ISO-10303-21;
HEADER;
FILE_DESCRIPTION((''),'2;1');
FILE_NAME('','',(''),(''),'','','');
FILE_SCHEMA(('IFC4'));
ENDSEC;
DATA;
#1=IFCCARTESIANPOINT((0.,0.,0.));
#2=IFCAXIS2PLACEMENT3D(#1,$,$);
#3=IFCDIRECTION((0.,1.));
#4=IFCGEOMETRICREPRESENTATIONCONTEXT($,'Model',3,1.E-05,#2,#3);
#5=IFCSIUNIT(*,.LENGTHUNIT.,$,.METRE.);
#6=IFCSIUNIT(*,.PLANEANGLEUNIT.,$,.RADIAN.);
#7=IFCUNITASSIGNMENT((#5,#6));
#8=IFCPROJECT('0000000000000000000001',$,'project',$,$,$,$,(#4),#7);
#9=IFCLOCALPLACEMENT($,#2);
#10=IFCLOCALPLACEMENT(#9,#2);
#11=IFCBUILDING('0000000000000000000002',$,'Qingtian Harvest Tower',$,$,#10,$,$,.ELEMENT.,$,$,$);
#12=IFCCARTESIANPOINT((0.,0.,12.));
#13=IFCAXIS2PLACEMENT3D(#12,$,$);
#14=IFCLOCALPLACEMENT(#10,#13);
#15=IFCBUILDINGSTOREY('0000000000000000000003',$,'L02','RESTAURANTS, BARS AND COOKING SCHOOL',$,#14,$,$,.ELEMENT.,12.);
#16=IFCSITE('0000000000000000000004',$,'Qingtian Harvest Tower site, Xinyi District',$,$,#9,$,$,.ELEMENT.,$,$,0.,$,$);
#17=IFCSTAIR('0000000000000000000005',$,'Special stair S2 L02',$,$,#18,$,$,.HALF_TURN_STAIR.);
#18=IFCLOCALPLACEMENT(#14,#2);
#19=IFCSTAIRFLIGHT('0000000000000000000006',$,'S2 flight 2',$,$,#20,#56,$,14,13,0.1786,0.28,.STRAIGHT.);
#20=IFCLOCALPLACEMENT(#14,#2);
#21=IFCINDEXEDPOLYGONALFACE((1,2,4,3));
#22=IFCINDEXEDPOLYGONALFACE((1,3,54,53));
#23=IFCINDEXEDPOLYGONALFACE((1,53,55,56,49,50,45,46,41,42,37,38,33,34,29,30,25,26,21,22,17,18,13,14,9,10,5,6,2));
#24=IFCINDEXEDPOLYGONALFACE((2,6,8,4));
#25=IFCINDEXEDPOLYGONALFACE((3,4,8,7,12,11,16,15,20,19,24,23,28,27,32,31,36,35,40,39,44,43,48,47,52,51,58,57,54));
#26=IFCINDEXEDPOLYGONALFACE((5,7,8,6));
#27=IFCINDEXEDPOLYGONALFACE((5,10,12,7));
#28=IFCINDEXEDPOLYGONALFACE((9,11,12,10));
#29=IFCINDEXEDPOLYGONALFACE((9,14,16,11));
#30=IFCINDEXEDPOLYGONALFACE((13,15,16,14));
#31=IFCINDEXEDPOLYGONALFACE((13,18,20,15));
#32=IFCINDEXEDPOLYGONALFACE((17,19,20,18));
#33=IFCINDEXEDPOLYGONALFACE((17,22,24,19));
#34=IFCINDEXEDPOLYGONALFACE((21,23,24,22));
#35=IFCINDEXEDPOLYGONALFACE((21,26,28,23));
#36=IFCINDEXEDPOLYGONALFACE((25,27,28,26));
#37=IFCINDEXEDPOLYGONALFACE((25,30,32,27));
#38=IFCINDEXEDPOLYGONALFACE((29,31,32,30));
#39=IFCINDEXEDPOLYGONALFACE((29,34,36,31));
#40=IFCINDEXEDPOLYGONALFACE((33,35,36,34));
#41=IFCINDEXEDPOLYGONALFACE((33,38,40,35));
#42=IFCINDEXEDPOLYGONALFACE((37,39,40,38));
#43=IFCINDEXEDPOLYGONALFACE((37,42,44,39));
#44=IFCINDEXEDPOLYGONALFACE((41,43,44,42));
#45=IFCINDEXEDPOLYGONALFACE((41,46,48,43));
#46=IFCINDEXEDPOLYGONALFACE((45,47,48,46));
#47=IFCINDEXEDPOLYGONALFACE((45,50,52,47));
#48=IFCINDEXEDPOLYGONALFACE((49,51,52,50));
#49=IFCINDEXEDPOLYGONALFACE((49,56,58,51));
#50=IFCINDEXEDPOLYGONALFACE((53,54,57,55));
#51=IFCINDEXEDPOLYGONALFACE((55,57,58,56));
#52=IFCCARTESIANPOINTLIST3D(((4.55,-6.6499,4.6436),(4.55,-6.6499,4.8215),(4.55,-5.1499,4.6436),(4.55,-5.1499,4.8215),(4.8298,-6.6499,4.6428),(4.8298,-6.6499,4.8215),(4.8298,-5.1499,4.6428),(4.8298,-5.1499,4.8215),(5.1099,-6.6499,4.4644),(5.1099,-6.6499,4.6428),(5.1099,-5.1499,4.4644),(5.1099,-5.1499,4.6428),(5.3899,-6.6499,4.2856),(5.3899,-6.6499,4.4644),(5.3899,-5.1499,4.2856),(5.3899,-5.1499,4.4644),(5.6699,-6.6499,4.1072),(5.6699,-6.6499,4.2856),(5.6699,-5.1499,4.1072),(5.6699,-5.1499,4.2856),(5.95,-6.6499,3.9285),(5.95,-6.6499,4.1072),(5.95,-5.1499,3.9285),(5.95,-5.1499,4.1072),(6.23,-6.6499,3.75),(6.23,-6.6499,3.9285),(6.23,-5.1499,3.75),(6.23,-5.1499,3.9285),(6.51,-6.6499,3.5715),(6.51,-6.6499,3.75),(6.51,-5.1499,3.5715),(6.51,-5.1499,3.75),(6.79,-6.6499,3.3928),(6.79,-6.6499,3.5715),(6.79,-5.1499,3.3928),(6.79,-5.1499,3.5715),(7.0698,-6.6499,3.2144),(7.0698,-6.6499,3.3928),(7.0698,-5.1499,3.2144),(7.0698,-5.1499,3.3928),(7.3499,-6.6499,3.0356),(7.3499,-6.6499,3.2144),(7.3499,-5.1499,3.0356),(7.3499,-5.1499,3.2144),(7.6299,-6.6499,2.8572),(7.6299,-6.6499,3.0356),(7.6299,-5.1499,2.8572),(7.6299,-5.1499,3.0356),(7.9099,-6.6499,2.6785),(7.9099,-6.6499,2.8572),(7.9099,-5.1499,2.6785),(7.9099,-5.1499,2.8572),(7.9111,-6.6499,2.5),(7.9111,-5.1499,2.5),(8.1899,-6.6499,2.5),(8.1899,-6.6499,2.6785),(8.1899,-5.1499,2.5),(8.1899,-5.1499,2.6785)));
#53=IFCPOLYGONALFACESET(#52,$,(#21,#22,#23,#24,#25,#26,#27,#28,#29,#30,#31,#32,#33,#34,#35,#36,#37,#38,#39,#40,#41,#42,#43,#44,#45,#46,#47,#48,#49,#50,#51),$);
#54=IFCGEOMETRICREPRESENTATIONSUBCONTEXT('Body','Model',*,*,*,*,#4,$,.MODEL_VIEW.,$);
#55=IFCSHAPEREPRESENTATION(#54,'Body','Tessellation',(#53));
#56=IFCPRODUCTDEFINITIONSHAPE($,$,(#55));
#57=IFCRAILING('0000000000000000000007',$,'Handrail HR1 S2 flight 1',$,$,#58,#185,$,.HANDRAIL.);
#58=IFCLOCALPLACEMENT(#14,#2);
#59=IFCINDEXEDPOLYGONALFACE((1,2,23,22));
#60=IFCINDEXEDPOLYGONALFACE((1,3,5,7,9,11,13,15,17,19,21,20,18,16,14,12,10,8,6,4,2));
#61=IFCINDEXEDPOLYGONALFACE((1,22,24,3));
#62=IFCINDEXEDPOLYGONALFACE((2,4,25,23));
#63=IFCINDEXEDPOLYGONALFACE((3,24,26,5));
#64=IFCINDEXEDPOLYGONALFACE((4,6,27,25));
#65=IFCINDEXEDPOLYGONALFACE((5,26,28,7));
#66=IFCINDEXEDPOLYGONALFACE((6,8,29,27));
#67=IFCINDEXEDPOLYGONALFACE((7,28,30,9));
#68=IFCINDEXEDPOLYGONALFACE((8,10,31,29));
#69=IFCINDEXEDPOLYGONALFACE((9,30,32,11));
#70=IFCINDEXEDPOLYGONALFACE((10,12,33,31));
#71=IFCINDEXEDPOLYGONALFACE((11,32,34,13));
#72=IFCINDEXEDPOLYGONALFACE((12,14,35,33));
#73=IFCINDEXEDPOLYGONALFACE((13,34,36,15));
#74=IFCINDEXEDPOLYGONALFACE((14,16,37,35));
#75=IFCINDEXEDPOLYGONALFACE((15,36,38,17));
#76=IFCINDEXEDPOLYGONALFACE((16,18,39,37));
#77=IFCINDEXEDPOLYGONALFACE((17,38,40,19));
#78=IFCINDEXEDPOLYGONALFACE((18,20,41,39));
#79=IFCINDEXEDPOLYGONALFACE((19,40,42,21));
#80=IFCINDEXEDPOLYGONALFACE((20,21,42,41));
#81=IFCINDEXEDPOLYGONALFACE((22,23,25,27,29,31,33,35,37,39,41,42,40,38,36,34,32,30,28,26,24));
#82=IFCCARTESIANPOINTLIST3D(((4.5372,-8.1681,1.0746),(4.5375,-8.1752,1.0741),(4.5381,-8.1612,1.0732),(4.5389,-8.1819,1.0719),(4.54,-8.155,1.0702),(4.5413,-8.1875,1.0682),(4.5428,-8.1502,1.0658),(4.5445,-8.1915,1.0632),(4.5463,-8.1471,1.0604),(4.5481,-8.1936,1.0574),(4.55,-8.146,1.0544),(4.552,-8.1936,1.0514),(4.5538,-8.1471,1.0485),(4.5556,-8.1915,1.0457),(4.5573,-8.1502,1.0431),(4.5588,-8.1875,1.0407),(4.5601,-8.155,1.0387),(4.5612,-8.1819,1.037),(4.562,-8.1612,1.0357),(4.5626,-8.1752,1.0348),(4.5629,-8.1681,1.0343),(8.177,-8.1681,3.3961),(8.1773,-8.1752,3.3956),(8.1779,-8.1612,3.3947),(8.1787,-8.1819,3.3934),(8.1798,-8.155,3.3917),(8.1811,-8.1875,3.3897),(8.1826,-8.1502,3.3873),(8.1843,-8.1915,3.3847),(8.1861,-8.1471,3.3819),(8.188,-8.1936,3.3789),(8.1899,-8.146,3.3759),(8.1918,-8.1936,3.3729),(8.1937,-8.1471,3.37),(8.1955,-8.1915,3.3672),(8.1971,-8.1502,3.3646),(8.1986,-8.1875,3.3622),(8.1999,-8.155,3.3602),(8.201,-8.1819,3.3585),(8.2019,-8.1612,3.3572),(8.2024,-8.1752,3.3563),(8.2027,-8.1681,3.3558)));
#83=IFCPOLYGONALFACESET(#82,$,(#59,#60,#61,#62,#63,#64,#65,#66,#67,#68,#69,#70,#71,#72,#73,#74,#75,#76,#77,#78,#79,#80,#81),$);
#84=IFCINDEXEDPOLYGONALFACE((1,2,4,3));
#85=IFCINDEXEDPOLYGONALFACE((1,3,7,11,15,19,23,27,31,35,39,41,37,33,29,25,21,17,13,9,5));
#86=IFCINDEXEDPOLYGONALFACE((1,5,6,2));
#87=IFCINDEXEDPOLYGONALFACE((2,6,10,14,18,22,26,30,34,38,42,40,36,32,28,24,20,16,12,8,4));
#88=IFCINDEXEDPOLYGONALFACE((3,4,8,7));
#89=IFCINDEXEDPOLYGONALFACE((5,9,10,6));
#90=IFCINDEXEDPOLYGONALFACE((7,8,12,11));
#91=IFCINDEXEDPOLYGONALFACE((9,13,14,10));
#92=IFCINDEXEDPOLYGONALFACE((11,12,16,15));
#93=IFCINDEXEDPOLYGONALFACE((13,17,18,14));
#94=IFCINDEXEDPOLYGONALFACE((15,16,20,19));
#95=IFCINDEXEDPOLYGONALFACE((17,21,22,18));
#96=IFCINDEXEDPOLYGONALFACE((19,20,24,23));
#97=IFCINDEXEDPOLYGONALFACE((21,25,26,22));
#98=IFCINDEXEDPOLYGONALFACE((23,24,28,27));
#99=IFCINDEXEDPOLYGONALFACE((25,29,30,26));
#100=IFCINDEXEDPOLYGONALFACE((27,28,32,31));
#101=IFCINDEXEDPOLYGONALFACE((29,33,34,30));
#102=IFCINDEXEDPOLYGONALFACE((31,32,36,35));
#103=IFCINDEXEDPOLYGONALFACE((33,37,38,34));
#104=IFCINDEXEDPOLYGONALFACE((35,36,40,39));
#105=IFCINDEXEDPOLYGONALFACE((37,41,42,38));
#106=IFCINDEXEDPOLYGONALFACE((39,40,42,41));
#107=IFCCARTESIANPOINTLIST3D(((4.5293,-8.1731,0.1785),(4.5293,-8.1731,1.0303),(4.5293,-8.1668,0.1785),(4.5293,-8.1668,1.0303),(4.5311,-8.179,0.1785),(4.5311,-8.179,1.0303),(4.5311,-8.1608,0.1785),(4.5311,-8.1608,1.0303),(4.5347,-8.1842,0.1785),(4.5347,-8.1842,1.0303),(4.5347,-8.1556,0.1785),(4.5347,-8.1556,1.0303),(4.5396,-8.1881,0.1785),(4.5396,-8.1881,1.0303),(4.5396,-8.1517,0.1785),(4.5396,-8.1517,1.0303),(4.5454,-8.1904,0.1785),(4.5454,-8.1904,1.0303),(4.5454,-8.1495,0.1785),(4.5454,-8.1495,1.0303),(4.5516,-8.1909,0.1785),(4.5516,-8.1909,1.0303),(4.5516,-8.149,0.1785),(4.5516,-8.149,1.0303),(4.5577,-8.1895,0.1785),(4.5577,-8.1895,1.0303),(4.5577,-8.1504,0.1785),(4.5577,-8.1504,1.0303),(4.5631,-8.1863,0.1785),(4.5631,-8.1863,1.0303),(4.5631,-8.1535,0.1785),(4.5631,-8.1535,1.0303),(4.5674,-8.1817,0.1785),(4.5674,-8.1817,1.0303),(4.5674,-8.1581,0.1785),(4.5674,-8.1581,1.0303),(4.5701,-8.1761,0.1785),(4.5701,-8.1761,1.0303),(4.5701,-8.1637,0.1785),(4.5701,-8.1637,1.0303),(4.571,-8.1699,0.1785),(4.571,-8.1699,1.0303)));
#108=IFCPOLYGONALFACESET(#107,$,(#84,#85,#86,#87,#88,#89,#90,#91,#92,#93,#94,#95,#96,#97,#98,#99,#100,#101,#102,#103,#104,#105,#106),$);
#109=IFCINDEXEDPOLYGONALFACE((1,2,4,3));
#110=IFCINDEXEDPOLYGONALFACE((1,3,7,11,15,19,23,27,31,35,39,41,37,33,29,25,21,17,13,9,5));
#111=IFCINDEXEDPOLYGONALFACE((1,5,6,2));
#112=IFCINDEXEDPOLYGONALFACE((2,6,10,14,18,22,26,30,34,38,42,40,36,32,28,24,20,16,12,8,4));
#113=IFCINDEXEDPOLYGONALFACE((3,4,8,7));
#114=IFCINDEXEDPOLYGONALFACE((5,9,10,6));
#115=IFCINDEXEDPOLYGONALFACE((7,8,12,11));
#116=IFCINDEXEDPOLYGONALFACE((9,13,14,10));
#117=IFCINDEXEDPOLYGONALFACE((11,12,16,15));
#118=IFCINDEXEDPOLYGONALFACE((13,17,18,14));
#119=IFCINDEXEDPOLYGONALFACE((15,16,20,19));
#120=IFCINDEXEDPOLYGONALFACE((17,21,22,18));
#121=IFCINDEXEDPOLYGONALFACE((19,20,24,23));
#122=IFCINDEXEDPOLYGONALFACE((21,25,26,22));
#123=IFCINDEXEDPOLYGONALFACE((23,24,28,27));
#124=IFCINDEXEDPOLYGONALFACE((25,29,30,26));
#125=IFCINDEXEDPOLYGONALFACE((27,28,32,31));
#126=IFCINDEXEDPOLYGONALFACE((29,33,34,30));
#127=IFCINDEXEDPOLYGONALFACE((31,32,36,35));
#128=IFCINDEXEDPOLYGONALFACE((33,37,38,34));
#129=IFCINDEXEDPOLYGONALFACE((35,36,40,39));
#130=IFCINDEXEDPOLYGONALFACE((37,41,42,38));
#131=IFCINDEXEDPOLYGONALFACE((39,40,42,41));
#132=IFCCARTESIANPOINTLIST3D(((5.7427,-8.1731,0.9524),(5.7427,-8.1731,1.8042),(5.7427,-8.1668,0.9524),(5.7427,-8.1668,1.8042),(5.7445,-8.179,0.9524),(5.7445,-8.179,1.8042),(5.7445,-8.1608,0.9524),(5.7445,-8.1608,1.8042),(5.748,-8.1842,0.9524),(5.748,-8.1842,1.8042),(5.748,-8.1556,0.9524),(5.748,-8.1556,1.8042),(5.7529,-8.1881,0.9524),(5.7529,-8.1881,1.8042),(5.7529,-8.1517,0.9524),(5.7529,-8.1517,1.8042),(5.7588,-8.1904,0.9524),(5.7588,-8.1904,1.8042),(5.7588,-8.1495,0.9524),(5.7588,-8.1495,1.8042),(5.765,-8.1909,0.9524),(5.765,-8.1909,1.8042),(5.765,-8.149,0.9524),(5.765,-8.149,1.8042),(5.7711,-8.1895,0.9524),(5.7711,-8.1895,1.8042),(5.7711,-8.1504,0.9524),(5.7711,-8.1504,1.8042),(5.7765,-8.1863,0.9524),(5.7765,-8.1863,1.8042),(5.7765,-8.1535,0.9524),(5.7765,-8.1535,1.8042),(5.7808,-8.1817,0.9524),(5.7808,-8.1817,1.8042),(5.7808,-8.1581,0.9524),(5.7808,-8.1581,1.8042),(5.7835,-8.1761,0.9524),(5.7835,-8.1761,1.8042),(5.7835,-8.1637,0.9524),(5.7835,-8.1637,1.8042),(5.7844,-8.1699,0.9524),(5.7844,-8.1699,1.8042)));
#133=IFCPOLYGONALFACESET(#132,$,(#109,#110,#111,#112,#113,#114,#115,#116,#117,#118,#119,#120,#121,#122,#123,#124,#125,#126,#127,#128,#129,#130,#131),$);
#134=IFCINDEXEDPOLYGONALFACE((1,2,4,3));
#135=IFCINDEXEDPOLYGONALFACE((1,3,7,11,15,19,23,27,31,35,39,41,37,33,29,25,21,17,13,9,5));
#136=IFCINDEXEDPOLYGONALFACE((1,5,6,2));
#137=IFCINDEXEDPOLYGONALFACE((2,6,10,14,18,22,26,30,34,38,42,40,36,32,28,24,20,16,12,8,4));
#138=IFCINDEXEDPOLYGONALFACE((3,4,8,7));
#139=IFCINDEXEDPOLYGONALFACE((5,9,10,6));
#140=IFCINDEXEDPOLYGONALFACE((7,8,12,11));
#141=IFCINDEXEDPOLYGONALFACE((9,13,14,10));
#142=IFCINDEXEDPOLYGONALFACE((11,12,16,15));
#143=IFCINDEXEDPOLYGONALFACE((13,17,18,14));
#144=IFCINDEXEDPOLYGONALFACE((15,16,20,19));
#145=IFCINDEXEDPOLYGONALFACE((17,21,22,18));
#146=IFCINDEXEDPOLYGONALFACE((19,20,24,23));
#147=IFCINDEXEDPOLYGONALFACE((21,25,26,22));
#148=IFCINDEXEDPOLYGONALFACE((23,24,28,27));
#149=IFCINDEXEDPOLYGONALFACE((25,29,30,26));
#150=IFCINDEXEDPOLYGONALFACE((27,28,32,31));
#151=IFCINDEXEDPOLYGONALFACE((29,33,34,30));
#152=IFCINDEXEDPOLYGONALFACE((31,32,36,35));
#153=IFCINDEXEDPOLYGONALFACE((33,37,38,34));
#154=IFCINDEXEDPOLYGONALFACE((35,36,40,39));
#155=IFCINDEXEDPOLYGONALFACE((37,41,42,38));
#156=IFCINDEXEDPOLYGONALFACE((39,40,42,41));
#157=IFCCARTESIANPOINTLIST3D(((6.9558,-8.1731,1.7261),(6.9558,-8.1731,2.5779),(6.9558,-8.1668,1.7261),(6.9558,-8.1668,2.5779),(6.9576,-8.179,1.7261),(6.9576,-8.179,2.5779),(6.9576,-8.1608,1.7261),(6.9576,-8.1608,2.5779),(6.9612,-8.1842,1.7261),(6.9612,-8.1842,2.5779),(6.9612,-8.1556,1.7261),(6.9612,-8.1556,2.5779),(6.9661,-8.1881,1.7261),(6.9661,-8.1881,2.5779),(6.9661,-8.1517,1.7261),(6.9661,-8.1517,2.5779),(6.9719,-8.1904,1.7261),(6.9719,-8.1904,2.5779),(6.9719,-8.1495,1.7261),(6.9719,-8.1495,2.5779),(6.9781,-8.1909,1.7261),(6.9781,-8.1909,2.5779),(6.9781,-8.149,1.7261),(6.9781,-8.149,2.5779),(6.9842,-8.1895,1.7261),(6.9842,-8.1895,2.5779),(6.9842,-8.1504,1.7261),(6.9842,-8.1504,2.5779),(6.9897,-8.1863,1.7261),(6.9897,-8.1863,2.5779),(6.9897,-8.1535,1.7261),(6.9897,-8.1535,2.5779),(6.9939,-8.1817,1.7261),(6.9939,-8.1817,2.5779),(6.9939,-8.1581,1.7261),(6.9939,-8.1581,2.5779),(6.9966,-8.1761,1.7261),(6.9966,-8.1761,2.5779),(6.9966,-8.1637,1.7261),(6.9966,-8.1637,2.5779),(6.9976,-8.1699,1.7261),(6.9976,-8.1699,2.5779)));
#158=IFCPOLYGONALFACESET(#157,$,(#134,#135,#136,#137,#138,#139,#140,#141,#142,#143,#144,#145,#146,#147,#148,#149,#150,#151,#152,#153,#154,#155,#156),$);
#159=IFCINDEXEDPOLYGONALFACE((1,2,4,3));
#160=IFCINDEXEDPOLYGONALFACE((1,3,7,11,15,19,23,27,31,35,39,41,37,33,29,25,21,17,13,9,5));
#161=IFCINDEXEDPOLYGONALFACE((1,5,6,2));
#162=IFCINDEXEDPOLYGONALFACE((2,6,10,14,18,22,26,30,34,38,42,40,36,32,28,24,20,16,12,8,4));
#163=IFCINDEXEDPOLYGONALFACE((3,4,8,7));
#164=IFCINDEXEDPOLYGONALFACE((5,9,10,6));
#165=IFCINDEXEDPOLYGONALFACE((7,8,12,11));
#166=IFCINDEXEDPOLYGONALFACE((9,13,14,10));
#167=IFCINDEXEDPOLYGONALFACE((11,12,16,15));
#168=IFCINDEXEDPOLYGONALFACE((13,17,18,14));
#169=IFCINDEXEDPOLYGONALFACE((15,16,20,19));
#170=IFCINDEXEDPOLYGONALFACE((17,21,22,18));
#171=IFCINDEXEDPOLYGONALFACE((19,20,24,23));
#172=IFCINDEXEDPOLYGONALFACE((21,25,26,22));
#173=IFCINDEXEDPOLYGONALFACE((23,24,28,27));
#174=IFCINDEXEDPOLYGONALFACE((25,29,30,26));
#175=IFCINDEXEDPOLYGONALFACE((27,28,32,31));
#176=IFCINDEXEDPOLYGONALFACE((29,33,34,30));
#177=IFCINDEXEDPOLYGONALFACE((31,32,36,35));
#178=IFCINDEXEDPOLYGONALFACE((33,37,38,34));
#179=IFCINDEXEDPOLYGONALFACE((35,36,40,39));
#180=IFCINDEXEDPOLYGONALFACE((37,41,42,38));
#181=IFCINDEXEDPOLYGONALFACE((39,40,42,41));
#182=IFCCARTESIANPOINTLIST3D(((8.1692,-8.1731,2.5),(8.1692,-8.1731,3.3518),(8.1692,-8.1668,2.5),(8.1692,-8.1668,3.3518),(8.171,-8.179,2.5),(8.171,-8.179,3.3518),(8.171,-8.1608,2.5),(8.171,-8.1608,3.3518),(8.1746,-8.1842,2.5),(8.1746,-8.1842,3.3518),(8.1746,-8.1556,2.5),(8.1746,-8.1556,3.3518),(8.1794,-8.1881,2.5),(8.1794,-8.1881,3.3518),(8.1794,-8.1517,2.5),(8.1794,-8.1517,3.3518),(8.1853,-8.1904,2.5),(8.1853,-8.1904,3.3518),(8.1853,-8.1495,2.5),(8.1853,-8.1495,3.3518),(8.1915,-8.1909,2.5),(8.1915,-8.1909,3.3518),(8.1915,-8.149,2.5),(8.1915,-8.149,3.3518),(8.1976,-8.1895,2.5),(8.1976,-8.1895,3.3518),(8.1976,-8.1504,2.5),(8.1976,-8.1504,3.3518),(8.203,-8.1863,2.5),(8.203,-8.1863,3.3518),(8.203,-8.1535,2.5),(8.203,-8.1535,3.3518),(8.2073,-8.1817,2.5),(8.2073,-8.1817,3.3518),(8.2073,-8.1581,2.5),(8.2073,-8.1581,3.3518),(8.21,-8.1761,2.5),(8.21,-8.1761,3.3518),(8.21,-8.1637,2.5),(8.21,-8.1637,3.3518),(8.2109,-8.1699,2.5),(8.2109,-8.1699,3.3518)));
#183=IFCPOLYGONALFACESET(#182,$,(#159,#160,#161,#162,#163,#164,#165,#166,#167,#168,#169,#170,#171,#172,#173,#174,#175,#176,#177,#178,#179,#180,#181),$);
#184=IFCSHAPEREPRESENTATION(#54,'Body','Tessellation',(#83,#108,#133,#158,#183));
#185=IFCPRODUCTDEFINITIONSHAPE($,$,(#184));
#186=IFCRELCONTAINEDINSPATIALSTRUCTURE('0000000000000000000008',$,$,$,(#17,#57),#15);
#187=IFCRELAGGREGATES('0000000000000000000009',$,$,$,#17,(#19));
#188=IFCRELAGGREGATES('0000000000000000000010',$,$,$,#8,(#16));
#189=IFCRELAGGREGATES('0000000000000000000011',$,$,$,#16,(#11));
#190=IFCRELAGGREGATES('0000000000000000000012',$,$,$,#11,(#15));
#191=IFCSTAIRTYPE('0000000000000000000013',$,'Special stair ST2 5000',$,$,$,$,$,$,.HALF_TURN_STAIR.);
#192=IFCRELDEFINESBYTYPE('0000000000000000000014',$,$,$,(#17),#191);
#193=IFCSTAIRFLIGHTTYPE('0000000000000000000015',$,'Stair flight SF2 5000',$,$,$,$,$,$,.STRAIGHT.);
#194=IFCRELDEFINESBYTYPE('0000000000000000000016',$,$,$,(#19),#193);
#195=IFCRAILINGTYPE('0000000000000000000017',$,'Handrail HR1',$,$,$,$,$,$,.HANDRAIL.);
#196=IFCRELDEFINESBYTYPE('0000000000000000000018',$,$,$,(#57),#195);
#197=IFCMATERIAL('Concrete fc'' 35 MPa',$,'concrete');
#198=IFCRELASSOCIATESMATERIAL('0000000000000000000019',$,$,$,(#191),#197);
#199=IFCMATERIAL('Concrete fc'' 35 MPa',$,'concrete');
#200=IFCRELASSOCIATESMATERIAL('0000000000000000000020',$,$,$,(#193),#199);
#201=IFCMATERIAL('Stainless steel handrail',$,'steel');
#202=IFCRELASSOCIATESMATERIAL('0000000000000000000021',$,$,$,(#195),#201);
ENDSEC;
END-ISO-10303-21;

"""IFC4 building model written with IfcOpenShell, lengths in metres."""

from ifc_helpers import new_model, si_unit, direction, frame, origin, origin_2d, place, context, subcontext, project, spatial, polyline, circle, outline, extrude, material, type_object, element, aggregate, save


model = new_model("IFC4")

# Units and contexts
model_context = context("Model", 3, precision=1e-05, world=origin(), true_north=direction((0.0, 1.0)))
body_context = subcontext(model_context, "Body", "Model", "MODEL_VIEW")
ifc_project = project(units=[si_unit("LENGTHUNIT", "METRE"), si_unit("PLANEANGLEUNIT", "RADIAN")], contexts=[model_context])

# Site, building, storey
site_placement = place(None, origin())
site = spatial("IfcSite", under=ifc_project, at=site_placement, Name="Qingtian Harvest Tower site, Xinyi District", CompositionType="ELEMENT", RefElevation=0.0)
building_placement = place(site_placement, origin())
building = spatial("IfcBuilding", under=site, at=building_placement, Name="Qingtian Harvest Tower", CompositionType="ELEMENT")
storey_placement = place(building_placement, frame((0.0, 0.0, 12.0)))
storey = spatial("IfcBuildingStorey", under=building, at=storey_placement, Name="L02", Description="RESTAURANTS, BARS AND COOKING SCHOOL", CompositionType="ELEMENT", Elevation=12.0)

# Stair, stair flight
ifc_material_1 = material(Name="Concrete fc' 35 MPa", Category="concrete")
stair_type = type_object("IfcStairType", Name="Special stair ST2 5000", PredefinedType="HALF_TURN_STAIR", material=ifc_material_1)
stair_placement = place(storey_placement, origin())
stair = element("IfcStair", 1, at=stair_placement, inside=storey, type_object=stair_type, Name="Special stair S2 L02", PredefinedType="HALF_TURN_STAIR")
ifc_material_2 = material(Name="Concrete fc' 35 MPa", Category="concrete")
stair_flight_type = type_object("IfcStairFlightType", Name="Stair flight SF2 5000", PredefinedType="STRAIGHT", material=ifc_material_2)
stair_flight_1_placement = place(storey_placement, frame((8.1899, -5.8999, 2.5), z_axis=(0.0, 0.0, 1.0), x_axis=(-1.0, 0.0, 0.0)))
stair_flight_1 = element("IfcStairFlight", 2, at=stair_flight_1_placement, type_object=stair_flight_type, Name="S2 flight 2", NumberOfRisers=14, NumberOfTreads=13, PredefinedType="STRAIGHT", RiserHeight=0.1786, TreadLength=0.28, context=body_context, shape_type="SweptSolid", body=[
    extrude(outline(polyline([(0.0, 0.0), (0.0, 0.1785), (0.28, 0.1785), (0.28, 0.3572), (0.5601, 0.3572), (0.5601, 0.5356), (0.8401, 0.5356), (0.8401, 0.7144), (1.1201, 0.7144), (1.1201, 0.8928), (1.3999, 0.8928), (1.3999, 1.0715), (1.6799, 1.0715), (1.6799, 1.25), (1.96, 1.25), (1.96, 1.4285), (2.24, 1.4285), (2.24, 1.6072), (2.52, 1.6072), (2.52, 1.7856), (2.8, 1.7856), (2.8, 1.9644), (3.0801, 1.9644), (3.0801, 2.1428), (3.3601, 2.1428), (3.3601, 2.3215), (3.6399, 2.3215), (3.6399, 2.5), (3.6399, 2.1436), (0.2788, 0.0), (0.0, 0.0)])), frame((0.0, 0.75, 0.0), z_axis=(0.0, -1.0, 0.0), x_axis=(1.0, 0.0, 0.0)), (0.0, 0.0, 1.0), 1.5),
])
aggregate(stair, [stair_flight_1])

# Railing
ifc_material_3 = material(Name="Stainless steel handrail", Category="steel")
railing_type = type_object("IfcRailingType", Name="Handrail HR1", PredefinedType="HANDRAIL", material=ifc_material_3)
railing_1_placement = place(storey_placement, frame((4.55, -8.1699, 0.1785)))
element("IfcRailing", 3, at=railing_1_placement, inside=storey, type_object=railing_type, Name="Handrail HR1 S2 flight 1", PredefinedType="HANDRAIL", context=body_context, shape_type="SweptSolid", body=[
    extrude(circle(Radius=0.0239, at=origin_2d()), frame((0.0, 0.0, 0.876), z_axis=(0.843112, 0.0, 0.537739), x_axis=(0.0, 1.0, 0.0)), (0.0, 0.0, 1.0), 4.3171),
    extrude(circle(Radius=0.021, at=origin_2d()), origin(), (0.0, 0.0, 1.0), 0.8518),
    extrude(circle(Radius=0.021, at=origin_2d()), frame((1.2134, 0.0, 0.7739)), (0.0, 0.0, 1.0), 0.8518),
    extrude(circle(Radius=0.021, at=origin_2d()), frame((2.4265, 0.0, 1.5476)), (0.0, 0.0, 1.0), 0.8518),
    extrude(circle(Radius=0.021, at=origin_2d()), frame((3.6399, 0.0, 2.3215)), (0.0, 0.0, 1.0), 0.8518),
])

save(model, "model.ifc")
